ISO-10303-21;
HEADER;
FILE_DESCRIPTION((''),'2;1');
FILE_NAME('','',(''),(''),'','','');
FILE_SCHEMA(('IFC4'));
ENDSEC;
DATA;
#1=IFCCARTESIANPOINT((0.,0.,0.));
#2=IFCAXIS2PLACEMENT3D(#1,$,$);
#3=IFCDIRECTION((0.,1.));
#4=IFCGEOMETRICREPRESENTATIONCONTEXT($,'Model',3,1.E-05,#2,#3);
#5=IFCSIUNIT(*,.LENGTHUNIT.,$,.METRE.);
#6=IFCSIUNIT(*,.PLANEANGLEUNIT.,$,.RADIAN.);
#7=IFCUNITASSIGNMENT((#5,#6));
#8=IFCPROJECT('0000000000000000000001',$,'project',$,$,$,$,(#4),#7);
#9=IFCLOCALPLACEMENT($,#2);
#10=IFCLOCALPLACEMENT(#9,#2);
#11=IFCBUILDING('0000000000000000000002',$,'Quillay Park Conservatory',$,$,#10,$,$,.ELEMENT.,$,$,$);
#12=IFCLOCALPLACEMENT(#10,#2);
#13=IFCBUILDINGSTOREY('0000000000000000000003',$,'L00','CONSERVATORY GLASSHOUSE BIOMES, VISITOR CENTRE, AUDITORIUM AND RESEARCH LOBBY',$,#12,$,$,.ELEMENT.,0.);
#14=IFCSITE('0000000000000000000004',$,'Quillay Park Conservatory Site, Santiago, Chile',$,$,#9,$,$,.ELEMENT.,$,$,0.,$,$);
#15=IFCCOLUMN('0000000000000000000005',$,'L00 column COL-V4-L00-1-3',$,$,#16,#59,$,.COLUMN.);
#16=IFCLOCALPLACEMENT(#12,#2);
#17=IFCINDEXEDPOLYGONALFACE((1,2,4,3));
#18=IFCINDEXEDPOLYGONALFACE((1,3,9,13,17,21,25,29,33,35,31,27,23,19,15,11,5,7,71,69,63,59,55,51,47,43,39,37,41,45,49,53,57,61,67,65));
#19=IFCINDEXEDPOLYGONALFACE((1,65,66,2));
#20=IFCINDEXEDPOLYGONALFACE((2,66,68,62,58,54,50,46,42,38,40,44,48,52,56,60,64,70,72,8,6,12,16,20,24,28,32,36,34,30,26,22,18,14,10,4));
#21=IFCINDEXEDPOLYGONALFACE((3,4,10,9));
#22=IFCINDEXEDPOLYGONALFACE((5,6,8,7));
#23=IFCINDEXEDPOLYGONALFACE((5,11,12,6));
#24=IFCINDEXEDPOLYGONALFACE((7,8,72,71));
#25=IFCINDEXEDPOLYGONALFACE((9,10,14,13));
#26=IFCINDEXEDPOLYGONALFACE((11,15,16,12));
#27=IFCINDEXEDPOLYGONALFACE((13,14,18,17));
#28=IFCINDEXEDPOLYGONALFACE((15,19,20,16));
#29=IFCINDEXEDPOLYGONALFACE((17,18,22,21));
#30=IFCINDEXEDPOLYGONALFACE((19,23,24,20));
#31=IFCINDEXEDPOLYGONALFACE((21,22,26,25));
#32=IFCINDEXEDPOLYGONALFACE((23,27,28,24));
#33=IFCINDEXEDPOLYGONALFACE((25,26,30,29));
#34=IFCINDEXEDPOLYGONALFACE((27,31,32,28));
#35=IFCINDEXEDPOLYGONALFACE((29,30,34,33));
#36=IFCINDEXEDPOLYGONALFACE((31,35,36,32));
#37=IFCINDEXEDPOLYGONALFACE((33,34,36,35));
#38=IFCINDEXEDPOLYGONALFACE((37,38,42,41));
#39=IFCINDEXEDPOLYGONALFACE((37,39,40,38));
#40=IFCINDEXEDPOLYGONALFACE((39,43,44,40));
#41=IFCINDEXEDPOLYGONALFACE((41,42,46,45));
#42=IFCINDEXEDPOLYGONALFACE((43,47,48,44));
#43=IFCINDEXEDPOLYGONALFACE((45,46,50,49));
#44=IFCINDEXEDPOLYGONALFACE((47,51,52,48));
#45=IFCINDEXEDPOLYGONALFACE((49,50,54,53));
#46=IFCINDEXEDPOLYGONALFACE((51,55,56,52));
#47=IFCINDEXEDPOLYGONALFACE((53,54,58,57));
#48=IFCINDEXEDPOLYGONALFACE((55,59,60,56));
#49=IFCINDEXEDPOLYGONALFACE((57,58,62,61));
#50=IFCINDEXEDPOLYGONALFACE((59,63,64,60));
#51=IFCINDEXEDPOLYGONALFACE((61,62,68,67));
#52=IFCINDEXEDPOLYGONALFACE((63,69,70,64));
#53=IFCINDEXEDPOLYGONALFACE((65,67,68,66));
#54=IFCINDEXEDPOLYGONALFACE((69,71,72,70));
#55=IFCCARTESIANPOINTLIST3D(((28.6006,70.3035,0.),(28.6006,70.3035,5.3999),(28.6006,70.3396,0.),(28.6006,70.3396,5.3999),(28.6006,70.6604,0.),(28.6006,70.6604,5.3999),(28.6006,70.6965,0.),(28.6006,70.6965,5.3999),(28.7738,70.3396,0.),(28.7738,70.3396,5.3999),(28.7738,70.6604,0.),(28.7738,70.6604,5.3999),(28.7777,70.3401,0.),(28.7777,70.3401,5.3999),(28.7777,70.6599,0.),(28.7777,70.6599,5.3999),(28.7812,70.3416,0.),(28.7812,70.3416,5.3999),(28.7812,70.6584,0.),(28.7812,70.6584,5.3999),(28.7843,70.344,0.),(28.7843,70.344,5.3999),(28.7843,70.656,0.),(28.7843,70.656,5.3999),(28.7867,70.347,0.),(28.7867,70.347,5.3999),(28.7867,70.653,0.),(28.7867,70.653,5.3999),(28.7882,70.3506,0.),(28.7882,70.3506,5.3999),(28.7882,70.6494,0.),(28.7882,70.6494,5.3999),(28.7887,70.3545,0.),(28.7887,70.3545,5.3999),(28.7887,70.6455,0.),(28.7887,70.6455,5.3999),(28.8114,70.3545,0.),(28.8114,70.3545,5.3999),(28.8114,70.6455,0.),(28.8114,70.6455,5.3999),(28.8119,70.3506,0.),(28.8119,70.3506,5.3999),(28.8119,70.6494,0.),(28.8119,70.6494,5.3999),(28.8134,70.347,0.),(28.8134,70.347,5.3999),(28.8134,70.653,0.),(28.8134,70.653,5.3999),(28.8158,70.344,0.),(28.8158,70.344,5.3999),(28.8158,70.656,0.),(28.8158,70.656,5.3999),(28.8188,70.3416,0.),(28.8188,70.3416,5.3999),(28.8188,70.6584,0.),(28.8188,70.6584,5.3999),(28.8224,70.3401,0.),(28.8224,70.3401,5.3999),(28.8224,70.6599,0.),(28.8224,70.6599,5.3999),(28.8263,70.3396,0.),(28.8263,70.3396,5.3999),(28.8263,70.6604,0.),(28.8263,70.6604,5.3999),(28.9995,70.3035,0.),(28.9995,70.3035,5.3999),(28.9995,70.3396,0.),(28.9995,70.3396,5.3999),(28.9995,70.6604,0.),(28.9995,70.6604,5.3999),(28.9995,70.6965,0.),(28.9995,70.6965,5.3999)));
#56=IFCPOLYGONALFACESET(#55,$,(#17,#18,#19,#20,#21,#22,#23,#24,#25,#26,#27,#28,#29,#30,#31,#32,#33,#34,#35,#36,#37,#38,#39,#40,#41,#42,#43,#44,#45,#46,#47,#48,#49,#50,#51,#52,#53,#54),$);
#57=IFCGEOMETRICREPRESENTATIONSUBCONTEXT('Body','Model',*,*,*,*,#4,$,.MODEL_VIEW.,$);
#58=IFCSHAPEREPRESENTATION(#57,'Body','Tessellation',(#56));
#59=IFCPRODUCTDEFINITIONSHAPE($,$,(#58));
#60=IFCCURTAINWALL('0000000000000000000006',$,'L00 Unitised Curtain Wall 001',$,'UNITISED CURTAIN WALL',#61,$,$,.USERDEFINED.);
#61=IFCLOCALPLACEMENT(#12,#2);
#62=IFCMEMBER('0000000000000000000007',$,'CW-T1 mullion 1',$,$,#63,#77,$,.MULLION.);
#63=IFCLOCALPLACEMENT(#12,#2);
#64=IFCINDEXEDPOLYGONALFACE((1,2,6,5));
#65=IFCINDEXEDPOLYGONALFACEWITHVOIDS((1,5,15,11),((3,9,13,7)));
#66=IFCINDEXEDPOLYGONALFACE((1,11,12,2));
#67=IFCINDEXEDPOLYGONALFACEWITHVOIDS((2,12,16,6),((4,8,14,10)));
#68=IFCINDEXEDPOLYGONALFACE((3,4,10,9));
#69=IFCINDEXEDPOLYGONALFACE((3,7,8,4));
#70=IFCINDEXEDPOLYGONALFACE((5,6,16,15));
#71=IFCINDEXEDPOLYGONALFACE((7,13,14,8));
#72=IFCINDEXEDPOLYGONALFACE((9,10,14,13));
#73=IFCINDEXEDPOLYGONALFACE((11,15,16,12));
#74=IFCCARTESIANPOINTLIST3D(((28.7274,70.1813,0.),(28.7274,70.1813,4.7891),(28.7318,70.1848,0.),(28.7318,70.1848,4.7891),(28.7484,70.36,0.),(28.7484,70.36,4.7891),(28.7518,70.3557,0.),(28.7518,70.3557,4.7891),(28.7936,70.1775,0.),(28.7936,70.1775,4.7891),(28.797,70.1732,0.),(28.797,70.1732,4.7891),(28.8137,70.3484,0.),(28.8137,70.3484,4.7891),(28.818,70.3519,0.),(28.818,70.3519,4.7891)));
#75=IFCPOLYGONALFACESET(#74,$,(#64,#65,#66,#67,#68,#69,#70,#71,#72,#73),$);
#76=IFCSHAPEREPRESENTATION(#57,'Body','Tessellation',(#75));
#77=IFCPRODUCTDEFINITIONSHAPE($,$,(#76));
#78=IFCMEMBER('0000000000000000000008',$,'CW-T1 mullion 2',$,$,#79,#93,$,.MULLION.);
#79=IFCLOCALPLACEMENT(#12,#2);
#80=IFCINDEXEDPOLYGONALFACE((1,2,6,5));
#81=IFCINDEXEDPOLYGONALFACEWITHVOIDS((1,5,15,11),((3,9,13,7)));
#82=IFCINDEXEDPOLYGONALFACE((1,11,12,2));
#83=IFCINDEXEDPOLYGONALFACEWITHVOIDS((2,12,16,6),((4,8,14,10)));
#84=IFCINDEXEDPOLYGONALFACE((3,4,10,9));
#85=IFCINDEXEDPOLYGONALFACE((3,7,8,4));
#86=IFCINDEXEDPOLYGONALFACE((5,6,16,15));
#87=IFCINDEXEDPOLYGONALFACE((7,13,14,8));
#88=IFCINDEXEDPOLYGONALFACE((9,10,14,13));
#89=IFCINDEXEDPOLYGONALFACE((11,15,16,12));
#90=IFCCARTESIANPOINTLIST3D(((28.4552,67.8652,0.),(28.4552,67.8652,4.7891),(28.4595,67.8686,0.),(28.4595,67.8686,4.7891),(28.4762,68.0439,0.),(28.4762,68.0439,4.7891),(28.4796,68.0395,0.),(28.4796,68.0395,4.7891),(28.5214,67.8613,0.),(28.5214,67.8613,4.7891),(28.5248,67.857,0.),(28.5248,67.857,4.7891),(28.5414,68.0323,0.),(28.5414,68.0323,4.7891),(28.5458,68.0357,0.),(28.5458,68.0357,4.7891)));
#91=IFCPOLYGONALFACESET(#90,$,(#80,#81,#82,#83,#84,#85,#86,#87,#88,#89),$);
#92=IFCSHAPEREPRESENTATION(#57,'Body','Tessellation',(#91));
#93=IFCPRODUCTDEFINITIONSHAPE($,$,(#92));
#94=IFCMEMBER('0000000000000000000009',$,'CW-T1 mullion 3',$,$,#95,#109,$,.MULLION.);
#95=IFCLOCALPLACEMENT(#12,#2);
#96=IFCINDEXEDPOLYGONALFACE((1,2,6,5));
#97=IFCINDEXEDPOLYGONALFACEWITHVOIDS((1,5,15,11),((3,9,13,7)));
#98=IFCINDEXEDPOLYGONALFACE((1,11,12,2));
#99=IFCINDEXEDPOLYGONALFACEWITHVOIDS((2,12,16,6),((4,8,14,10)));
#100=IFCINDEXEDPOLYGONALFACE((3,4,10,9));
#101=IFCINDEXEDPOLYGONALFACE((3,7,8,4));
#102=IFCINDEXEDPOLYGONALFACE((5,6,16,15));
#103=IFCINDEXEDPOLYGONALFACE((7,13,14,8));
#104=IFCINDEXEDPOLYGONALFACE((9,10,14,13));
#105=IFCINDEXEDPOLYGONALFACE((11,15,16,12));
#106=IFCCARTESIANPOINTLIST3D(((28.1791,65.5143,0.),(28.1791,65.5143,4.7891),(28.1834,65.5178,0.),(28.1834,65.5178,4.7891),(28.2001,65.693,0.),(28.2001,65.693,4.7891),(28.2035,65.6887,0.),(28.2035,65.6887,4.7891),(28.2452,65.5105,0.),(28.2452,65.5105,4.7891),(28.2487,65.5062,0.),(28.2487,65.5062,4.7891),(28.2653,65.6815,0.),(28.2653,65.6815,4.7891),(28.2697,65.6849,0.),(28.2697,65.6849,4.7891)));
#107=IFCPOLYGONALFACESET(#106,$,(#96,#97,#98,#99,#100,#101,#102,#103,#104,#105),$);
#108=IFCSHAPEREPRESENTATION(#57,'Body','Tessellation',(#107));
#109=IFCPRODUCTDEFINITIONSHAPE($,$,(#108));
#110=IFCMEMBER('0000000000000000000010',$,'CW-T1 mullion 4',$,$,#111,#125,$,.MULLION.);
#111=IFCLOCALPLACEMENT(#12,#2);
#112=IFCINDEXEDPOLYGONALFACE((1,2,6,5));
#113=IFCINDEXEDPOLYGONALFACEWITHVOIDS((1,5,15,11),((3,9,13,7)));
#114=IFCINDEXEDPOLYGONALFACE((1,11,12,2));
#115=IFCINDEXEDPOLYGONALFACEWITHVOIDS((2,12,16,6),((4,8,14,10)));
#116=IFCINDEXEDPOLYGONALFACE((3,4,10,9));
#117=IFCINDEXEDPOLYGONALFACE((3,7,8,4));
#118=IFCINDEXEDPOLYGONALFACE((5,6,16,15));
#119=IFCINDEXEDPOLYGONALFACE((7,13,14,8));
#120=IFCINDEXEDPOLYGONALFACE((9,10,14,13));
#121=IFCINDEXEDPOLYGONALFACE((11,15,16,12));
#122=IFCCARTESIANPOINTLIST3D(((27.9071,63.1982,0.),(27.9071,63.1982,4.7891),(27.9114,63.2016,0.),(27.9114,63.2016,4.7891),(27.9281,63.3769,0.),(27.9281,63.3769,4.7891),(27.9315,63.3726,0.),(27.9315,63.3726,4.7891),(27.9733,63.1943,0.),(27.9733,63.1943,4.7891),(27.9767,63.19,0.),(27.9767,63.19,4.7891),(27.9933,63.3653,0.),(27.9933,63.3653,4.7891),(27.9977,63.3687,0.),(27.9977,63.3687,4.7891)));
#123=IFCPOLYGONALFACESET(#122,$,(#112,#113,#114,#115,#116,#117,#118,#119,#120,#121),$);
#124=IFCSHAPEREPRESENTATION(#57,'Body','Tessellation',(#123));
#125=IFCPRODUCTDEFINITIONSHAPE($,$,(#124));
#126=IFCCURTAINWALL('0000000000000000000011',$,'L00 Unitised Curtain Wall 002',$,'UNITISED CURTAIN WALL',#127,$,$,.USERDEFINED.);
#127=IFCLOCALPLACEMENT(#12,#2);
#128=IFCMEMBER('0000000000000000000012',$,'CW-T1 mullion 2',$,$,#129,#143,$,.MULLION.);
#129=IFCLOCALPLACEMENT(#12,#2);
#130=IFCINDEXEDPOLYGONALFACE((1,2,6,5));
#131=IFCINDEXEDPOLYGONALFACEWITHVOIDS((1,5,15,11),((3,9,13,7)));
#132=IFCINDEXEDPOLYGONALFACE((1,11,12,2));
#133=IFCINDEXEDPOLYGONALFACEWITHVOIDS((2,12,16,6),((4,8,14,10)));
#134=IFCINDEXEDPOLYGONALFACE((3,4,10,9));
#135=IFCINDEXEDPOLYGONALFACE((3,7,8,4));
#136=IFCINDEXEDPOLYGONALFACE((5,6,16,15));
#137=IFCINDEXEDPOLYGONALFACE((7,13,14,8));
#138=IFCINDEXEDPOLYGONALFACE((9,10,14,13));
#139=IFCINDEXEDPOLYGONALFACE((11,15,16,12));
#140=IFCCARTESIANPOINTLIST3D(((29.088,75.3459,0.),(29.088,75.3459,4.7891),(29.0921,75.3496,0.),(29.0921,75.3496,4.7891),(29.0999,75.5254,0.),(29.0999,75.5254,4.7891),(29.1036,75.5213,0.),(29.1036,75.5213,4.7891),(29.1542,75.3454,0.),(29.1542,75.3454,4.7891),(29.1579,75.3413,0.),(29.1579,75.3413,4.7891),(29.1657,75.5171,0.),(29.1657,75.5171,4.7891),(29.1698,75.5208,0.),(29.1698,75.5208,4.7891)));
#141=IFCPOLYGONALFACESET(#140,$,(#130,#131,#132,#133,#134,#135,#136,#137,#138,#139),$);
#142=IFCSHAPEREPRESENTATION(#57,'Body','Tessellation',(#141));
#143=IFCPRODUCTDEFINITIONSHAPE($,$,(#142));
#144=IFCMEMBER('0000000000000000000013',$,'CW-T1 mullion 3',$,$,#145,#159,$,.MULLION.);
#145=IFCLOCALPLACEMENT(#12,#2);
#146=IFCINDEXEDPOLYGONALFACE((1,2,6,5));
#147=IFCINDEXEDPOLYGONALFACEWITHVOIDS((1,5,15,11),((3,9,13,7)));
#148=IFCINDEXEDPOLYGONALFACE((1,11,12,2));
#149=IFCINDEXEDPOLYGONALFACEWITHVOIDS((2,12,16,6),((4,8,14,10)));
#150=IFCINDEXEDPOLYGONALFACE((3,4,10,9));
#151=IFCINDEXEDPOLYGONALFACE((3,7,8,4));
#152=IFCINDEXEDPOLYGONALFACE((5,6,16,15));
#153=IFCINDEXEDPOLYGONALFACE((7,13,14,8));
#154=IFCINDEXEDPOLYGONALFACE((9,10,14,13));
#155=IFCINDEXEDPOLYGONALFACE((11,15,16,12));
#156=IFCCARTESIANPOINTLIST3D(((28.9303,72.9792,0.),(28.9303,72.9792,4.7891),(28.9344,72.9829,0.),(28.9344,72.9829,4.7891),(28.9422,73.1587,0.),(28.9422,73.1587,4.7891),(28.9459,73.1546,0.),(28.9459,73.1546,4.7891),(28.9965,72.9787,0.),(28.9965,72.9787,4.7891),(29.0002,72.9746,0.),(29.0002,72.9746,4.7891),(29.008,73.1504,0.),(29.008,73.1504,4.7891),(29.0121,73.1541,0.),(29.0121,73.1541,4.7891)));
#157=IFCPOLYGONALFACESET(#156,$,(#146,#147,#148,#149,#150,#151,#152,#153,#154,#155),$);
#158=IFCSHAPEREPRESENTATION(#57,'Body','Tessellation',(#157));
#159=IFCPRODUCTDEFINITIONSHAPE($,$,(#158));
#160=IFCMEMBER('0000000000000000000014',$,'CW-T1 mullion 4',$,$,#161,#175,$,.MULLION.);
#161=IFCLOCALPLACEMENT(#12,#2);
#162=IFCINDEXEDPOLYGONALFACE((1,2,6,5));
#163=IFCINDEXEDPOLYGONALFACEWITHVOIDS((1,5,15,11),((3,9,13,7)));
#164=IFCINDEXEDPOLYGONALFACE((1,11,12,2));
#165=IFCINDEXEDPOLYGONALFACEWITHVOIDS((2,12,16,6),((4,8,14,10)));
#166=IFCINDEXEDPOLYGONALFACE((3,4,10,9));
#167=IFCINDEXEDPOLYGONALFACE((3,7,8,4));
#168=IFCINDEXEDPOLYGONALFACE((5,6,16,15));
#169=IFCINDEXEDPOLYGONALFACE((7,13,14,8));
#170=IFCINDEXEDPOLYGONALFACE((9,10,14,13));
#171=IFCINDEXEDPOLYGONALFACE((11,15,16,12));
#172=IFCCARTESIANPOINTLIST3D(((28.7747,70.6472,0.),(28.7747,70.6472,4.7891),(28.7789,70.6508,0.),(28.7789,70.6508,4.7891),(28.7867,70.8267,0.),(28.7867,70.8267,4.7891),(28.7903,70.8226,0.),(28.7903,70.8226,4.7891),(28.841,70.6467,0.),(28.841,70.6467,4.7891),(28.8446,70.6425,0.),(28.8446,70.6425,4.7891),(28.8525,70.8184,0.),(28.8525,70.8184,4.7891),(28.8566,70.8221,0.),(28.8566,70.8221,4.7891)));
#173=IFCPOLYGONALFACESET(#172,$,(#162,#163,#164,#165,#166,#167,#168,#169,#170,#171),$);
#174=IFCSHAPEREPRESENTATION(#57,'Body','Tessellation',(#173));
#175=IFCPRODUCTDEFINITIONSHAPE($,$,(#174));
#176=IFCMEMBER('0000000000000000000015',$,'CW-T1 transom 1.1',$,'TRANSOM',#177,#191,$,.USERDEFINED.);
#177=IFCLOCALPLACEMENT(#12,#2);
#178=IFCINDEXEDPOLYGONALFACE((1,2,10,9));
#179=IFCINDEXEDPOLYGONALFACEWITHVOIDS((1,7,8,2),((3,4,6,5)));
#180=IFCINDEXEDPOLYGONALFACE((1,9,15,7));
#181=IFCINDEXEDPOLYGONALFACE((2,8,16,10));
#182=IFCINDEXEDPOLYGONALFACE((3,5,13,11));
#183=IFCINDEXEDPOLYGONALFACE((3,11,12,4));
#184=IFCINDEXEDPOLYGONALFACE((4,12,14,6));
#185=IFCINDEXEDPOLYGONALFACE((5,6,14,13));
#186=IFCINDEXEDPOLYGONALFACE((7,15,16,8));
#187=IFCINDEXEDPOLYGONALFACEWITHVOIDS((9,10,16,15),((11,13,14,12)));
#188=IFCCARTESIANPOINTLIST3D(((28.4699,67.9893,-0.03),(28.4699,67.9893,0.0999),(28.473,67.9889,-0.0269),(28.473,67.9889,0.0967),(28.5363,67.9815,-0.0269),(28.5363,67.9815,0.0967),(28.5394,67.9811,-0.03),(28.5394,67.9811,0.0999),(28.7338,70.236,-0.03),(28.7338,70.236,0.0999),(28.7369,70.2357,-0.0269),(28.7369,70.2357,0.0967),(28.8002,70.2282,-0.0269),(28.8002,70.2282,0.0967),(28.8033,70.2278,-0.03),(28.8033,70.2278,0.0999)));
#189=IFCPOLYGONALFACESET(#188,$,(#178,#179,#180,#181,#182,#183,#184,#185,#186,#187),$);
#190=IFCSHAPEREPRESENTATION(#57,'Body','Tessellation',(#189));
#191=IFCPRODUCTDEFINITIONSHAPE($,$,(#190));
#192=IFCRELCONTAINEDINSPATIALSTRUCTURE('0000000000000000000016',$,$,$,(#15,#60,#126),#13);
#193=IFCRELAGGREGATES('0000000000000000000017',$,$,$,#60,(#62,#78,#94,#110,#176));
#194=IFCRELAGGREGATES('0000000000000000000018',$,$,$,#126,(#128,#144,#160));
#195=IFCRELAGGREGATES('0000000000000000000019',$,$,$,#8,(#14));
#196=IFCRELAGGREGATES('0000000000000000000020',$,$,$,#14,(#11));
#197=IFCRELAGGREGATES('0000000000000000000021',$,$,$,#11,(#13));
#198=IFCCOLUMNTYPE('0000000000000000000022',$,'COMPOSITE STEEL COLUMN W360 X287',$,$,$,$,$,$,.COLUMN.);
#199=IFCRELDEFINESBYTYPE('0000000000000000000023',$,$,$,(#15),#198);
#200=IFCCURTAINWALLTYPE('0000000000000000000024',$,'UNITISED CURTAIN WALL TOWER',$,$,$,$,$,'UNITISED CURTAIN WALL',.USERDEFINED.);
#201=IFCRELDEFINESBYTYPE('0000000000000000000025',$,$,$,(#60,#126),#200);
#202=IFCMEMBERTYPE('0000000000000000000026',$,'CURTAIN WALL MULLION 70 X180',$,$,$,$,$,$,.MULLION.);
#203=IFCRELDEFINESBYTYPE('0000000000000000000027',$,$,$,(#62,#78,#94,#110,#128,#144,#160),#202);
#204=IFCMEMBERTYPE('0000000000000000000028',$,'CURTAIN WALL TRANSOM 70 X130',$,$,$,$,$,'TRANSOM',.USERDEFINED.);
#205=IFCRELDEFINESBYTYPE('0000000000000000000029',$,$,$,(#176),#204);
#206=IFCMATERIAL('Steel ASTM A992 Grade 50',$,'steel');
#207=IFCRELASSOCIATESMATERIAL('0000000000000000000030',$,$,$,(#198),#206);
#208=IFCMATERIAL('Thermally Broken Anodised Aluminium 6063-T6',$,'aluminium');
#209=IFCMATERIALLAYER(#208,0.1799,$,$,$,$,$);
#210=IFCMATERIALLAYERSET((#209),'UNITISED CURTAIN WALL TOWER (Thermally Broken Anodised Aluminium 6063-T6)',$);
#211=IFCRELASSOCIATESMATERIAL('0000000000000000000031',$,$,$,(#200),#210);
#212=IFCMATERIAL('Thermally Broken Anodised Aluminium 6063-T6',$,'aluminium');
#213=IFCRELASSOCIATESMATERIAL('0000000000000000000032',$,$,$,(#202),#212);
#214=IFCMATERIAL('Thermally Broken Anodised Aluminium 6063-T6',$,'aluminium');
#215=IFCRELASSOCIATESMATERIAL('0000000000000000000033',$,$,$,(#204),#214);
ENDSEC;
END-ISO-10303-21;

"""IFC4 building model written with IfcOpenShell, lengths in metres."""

from ifc_helpers import new_model, si_unit, direction, frame, origin, origin_2d, place, context, subcontext, project, spatial, hollow_rectangle, i_section, extrude, material, layer, layer_set, material_profile, profile_set, type_object, element, aggregate, save


model = new_model("IFC4")

# Units and contexts
model_context = context("Model", 3, precision=1e-05, world=origin(), true_north=direction((0.0, 1.0)))
body_context = subcontext(model_context, "Body", "Model", "MODEL_VIEW")
ifc_project = project(units=[si_unit("LENGTHUNIT", "METRE"), si_unit("PLANEANGLEUNIT", "RADIAN")], contexts=[model_context])

# Site, building, storey
site_placement = place(None, origin())
site = spatial("IfcSite", under=ifc_project, at=site_placement, Name="Quillay Park Conservatory Site, Santiago, Chile", CompositionType="ELEMENT", RefElevation=0.0)
building_placement = place(site_placement, origin())
building = spatial("IfcBuilding", under=site, at=building_placement, Name="Quillay Park Conservatory", CompositionType="ELEMENT")
storey_placement = place(building_placement, origin())
storey = spatial("IfcBuildingStorey", under=building, at=storey_placement, Name="L00", Description="CONSERVATORY GLASSHOUSE BIOMES, VISITOR CENTRE, AUDITORIUM AND RESEARCH LOBBY", CompositionType="ELEMENT", Elevation=0.0)

# Column
ifc_material_1 = material(Name="Steel ASTM A992 Grade 50", Category="steel")
ifc_material_profile_1 = material_profile(ifc_material_1, i_section(OverallWidth=0.3989, OverallDepth=0.3931, WebThickness=0.0227, FlangeThickness=0.0361, FilletRadius=0.0149, at=origin_2d()), Name="W360x287")
ifc_profile_set_1 = profile_set([ifc_material_profile_1], Name="Steel ASTM A992 Grade 50")
column_type = type_object("IfcColumnType", Name="COMPOSITE STEEL COLUMN W360 X287", PredefinedType="COLUMN", material=ifc_profile_set_1)
column_placement = place(storey_placement, frame((28.8, 70.5, 0.0), z_axis=(0.0, 0.0, 1.0), x_axis=(1.0, 0.0, 0.0)))
element("IfcColumn", 1, at=column_placement, inside=storey, type_object=column_type, Name="L00 column COL-V4-L00-1-3", PredefinedType="COLUMN", context=body_context, shape_type="SweptSolid", body=[
    extrude(i_section(OverallWidth=0.3989, OverallDepth=0.3931, WebThickness=0.0227, FlangeThickness=0.0361, FilletRadius=0.0149, at=origin_2d()), origin(), (0.0, 0.0, 1.0), 5.3999),
])

# Curtain walls, members
ifc_material_2 = material(Name="Thermally Broken Anodised Aluminium 6063-T6", Category="aluminium")
ifc_layer_1 = layer(ifc_material_2, 0.1799)
ifc_layer_set_1 = layer_set([ifc_layer_1], Name="UNITISED CURTAIN WALL TOWER (Thermally Broken Anodised Aluminium 6063-T6)")
curtain_wall_type = type_object("IfcCurtainWallType", Name="UNITISED CURTAIN WALL TOWER", ElementType="UNITISED CURTAIN WALL", PredefinedType="USERDEFINED", material=ifc_layer_set_1)
curtain_wall_1_placement = place(storey_placement, origin())
curtain_wall_1 = element("IfcCurtainWall", 2, at=curtain_wall_1_placement, inside=storey, type_object=curtain_wall_type, Name="L00 Unitised Curtain Wall 001", ObjectType="UNITISED CURTAIN WALL", PredefinedType="USERDEFINED")
ifc_material_3 = material(Name="Thermally Broken Anodised Aluminium 6063-T6", Category="aluminium")
ifc_material_profile_2 = material_profile(ifc_material_3, hollow_rectangle(XDim=0.0701, YDim=0.1799, WallThickness=0.0039, at=origin_2d()), Name="AL70x180x4")
ifc_profile_set_2 = profile_set([ifc_material_profile_2], Name="Thermally Broken Anodised Aluminium 6063-T6")
member_type_1 = type_object("IfcMemberType", Name="CURTAIN WALL MULLION 70 X180", PredefinedType="MULLION", material=ifc_profile_set_2)
member_1_placement = place(storey_placement, frame((28.7727, 70.2666, 0.0), z_axis=(0.0, 0.0, 1.0), x_axis=(0.993173, -0.116655, 0.0)))
member_1 = element("IfcMember", 3, at=member_1_placement, type_object=member_type_1, Name="CW-T1 mullion 1", PredefinedType="MULLION", context=body_context, shape_type="SweptSolid", body=[
    extrude(hollow_rectangle(XDim=0.0701, YDim=0.1799, WallThickness=0.0039, at=origin_2d()), origin(), (0.0, 0.0, 1.0), 4.7891),
])
member_2_placement = place(storey_placement, frame((28.5005, 67.9504, 0.0), z_axis=(0.0, 0.0, 1.0), x_axis=(0.993173, -0.116655, 0.0)))
member_2 = element("IfcMember", 4, at=member_2_placement, type_object=member_type_1, Name="CW-T1 mullion 2", PredefinedType="MULLION", context=body_context, shape_type="SweptSolid", body=[
    extrude(hollow_rectangle(XDim=0.0701, YDim=0.1799, WallThickness=0.0039, at=origin_2d()), origin(), (0.0, 0.0, 1.0), 4.7891),
])
member_3_placement = place(storey_placement, frame((28.2244, 65.5996, 0.0), z_axis=(0.0, 0.0, 1.0), x_axis=(0.993173, -0.116655, 0.0)))
member_3 = element("IfcMember", 5, at=member_3_placement, type_object=member_type_1, Name="CW-T1 mullion 3", PredefinedType="MULLION", context=body_context, shape_type="SweptSolid", body=[
    extrude(hollow_rectangle(XDim=0.0701, YDim=0.1799, WallThickness=0.0039, at=origin_2d()), origin(), (0.0, 0.0, 1.0), 4.7891),
])
member_4_placement = place(storey_placement, frame((27.9524, 63.2834, 0.0), z_axis=(0.0, 0.0, 1.0), x_axis=(0.993173, -0.116655, 0.0)))
member_4 = element("IfcMember", 6, at=member_4_placement, type_object=member_type_1, Name="CW-T1 mullion 4", PredefinedType="MULLION", context=body_context, shape_type="SweptSolid", body=[
    extrude(hollow_rectangle(XDim=0.0701, YDim=0.1799, WallThickness=0.0039, at=origin_2d()), origin(), (0.0, 0.0, 1.0), 4.7891),
])
curtain_wall_2_placement = place(storey_placement, origin())
curtain_wall_2 = element("IfcCurtainWall", 7, at=curtain_wall_2_placement, inside=storey, type_object=curtain_wall_type, Name="L00 Unitised Curtain Wall 002", ObjectType="UNITISED CURTAIN WALL", PredefinedType="USERDEFINED")
member_5_placement = place(storey_placement, frame((29.1289, 75.4333, 0.0), z_axis=(0.0, 0.0, 1.0), x_axis=(0.997785, -0.066521, 0.0)))
member_5 = element("IfcMember", 8, at=member_5_placement, type_object=member_type_1, Name="CW-T1 mullion 2", PredefinedType="MULLION", context=body_context, shape_type="SweptSolid", body=[
    extrude(hollow_rectangle(XDim=0.0701, YDim=0.1799, WallThickness=0.0039, at=origin_2d()), origin(), (0.0, 0.0, 1.0), 4.7891),
])
member_6_placement = place(storey_placement, frame((28.9712, 73.0667, 0.0), z_axis=(0.0, 0.0, 1.0), x_axis=(0.997785, -0.066521, 0.0)))
member_6 = element("IfcMember", 9, at=member_6_placement, type_object=member_type_1, Name="CW-T1 mullion 3", PredefinedType="MULLION", context=body_context, shape_type="SweptSolid", body=[
    extrude(hollow_rectangle(XDim=0.0701, YDim=0.1799, WallThickness=0.0039, at=origin_2d()), origin(), (0.0, 0.0, 1.0), 4.7891),
])
member_7_placement = place(storey_placement, frame((28.8157, 70.7346, 0.0), z_axis=(0.0, 0.0, 1.0), x_axis=(0.997785, -0.066521, 0.0)))
member_7 = element("IfcMember", 10, at=member_7_placement, type_object=member_type_1, Name="CW-T1 mullion 4", PredefinedType="MULLION", context=body_context, shape_type="SweptSolid", body=[
    extrude(hollow_rectangle(XDim=0.0701, YDim=0.1799, WallThickness=0.0039, at=origin_2d()), origin(), (0.0, 0.0, 1.0), 4.7891),
])

# Member
ifc_material_4 = material(Name="Thermally Broken Anodised Aluminium 6063-T6", Category="aluminium")
ifc_material_profile_3 = material_profile(ifc_material_4, hollow_rectangle(XDim=0.0701, YDim=0.1299, WallThickness=0.0032, at=origin_2d()), Name="AL70x130x3.2")
ifc_profile_set_3 = profile_set([ifc_material_profile_3], Name="Thermally Broken Anodised Aluminium 6063-T6")
member_type_2 = type_object("IfcMemberType", Name="CURTAIN WALL TRANSOM 70 X130", ElementType="TRANSOM", PredefinedType="USERDEFINED", material=ifc_profile_set_3)
member_8_placement = place(storey_placement, frame((28.7686, 70.2319, 0.0349), z_axis=(-0.11666, -0.993172, 0.0), x_axis=(0.993172, -0.11666, 0.0)))
member_8 = element("IfcMember", 11, at=member_8_placement, type_object=member_type_2, Name="CW-T1 transom 1.1", ObjectType="TRANSOM", PredefinedType="USERDEFINED", context=body_context, shape_type="SweptSolid", body=[
    extrude(hollow_rectangle(XDim=0.0701, YDim=0.1299, WallThickness=0.0032, at=origin_2d()), origin(), (0.0, 0.0, 1.0), 2.2622),
])

aggregate(curtain_wall_1, [member_1, member_2, member_3, member_4, member_8])
aggregate(curtain_wall_2, [member_5, member_6, member_7])

save(model, "model.ifc")
